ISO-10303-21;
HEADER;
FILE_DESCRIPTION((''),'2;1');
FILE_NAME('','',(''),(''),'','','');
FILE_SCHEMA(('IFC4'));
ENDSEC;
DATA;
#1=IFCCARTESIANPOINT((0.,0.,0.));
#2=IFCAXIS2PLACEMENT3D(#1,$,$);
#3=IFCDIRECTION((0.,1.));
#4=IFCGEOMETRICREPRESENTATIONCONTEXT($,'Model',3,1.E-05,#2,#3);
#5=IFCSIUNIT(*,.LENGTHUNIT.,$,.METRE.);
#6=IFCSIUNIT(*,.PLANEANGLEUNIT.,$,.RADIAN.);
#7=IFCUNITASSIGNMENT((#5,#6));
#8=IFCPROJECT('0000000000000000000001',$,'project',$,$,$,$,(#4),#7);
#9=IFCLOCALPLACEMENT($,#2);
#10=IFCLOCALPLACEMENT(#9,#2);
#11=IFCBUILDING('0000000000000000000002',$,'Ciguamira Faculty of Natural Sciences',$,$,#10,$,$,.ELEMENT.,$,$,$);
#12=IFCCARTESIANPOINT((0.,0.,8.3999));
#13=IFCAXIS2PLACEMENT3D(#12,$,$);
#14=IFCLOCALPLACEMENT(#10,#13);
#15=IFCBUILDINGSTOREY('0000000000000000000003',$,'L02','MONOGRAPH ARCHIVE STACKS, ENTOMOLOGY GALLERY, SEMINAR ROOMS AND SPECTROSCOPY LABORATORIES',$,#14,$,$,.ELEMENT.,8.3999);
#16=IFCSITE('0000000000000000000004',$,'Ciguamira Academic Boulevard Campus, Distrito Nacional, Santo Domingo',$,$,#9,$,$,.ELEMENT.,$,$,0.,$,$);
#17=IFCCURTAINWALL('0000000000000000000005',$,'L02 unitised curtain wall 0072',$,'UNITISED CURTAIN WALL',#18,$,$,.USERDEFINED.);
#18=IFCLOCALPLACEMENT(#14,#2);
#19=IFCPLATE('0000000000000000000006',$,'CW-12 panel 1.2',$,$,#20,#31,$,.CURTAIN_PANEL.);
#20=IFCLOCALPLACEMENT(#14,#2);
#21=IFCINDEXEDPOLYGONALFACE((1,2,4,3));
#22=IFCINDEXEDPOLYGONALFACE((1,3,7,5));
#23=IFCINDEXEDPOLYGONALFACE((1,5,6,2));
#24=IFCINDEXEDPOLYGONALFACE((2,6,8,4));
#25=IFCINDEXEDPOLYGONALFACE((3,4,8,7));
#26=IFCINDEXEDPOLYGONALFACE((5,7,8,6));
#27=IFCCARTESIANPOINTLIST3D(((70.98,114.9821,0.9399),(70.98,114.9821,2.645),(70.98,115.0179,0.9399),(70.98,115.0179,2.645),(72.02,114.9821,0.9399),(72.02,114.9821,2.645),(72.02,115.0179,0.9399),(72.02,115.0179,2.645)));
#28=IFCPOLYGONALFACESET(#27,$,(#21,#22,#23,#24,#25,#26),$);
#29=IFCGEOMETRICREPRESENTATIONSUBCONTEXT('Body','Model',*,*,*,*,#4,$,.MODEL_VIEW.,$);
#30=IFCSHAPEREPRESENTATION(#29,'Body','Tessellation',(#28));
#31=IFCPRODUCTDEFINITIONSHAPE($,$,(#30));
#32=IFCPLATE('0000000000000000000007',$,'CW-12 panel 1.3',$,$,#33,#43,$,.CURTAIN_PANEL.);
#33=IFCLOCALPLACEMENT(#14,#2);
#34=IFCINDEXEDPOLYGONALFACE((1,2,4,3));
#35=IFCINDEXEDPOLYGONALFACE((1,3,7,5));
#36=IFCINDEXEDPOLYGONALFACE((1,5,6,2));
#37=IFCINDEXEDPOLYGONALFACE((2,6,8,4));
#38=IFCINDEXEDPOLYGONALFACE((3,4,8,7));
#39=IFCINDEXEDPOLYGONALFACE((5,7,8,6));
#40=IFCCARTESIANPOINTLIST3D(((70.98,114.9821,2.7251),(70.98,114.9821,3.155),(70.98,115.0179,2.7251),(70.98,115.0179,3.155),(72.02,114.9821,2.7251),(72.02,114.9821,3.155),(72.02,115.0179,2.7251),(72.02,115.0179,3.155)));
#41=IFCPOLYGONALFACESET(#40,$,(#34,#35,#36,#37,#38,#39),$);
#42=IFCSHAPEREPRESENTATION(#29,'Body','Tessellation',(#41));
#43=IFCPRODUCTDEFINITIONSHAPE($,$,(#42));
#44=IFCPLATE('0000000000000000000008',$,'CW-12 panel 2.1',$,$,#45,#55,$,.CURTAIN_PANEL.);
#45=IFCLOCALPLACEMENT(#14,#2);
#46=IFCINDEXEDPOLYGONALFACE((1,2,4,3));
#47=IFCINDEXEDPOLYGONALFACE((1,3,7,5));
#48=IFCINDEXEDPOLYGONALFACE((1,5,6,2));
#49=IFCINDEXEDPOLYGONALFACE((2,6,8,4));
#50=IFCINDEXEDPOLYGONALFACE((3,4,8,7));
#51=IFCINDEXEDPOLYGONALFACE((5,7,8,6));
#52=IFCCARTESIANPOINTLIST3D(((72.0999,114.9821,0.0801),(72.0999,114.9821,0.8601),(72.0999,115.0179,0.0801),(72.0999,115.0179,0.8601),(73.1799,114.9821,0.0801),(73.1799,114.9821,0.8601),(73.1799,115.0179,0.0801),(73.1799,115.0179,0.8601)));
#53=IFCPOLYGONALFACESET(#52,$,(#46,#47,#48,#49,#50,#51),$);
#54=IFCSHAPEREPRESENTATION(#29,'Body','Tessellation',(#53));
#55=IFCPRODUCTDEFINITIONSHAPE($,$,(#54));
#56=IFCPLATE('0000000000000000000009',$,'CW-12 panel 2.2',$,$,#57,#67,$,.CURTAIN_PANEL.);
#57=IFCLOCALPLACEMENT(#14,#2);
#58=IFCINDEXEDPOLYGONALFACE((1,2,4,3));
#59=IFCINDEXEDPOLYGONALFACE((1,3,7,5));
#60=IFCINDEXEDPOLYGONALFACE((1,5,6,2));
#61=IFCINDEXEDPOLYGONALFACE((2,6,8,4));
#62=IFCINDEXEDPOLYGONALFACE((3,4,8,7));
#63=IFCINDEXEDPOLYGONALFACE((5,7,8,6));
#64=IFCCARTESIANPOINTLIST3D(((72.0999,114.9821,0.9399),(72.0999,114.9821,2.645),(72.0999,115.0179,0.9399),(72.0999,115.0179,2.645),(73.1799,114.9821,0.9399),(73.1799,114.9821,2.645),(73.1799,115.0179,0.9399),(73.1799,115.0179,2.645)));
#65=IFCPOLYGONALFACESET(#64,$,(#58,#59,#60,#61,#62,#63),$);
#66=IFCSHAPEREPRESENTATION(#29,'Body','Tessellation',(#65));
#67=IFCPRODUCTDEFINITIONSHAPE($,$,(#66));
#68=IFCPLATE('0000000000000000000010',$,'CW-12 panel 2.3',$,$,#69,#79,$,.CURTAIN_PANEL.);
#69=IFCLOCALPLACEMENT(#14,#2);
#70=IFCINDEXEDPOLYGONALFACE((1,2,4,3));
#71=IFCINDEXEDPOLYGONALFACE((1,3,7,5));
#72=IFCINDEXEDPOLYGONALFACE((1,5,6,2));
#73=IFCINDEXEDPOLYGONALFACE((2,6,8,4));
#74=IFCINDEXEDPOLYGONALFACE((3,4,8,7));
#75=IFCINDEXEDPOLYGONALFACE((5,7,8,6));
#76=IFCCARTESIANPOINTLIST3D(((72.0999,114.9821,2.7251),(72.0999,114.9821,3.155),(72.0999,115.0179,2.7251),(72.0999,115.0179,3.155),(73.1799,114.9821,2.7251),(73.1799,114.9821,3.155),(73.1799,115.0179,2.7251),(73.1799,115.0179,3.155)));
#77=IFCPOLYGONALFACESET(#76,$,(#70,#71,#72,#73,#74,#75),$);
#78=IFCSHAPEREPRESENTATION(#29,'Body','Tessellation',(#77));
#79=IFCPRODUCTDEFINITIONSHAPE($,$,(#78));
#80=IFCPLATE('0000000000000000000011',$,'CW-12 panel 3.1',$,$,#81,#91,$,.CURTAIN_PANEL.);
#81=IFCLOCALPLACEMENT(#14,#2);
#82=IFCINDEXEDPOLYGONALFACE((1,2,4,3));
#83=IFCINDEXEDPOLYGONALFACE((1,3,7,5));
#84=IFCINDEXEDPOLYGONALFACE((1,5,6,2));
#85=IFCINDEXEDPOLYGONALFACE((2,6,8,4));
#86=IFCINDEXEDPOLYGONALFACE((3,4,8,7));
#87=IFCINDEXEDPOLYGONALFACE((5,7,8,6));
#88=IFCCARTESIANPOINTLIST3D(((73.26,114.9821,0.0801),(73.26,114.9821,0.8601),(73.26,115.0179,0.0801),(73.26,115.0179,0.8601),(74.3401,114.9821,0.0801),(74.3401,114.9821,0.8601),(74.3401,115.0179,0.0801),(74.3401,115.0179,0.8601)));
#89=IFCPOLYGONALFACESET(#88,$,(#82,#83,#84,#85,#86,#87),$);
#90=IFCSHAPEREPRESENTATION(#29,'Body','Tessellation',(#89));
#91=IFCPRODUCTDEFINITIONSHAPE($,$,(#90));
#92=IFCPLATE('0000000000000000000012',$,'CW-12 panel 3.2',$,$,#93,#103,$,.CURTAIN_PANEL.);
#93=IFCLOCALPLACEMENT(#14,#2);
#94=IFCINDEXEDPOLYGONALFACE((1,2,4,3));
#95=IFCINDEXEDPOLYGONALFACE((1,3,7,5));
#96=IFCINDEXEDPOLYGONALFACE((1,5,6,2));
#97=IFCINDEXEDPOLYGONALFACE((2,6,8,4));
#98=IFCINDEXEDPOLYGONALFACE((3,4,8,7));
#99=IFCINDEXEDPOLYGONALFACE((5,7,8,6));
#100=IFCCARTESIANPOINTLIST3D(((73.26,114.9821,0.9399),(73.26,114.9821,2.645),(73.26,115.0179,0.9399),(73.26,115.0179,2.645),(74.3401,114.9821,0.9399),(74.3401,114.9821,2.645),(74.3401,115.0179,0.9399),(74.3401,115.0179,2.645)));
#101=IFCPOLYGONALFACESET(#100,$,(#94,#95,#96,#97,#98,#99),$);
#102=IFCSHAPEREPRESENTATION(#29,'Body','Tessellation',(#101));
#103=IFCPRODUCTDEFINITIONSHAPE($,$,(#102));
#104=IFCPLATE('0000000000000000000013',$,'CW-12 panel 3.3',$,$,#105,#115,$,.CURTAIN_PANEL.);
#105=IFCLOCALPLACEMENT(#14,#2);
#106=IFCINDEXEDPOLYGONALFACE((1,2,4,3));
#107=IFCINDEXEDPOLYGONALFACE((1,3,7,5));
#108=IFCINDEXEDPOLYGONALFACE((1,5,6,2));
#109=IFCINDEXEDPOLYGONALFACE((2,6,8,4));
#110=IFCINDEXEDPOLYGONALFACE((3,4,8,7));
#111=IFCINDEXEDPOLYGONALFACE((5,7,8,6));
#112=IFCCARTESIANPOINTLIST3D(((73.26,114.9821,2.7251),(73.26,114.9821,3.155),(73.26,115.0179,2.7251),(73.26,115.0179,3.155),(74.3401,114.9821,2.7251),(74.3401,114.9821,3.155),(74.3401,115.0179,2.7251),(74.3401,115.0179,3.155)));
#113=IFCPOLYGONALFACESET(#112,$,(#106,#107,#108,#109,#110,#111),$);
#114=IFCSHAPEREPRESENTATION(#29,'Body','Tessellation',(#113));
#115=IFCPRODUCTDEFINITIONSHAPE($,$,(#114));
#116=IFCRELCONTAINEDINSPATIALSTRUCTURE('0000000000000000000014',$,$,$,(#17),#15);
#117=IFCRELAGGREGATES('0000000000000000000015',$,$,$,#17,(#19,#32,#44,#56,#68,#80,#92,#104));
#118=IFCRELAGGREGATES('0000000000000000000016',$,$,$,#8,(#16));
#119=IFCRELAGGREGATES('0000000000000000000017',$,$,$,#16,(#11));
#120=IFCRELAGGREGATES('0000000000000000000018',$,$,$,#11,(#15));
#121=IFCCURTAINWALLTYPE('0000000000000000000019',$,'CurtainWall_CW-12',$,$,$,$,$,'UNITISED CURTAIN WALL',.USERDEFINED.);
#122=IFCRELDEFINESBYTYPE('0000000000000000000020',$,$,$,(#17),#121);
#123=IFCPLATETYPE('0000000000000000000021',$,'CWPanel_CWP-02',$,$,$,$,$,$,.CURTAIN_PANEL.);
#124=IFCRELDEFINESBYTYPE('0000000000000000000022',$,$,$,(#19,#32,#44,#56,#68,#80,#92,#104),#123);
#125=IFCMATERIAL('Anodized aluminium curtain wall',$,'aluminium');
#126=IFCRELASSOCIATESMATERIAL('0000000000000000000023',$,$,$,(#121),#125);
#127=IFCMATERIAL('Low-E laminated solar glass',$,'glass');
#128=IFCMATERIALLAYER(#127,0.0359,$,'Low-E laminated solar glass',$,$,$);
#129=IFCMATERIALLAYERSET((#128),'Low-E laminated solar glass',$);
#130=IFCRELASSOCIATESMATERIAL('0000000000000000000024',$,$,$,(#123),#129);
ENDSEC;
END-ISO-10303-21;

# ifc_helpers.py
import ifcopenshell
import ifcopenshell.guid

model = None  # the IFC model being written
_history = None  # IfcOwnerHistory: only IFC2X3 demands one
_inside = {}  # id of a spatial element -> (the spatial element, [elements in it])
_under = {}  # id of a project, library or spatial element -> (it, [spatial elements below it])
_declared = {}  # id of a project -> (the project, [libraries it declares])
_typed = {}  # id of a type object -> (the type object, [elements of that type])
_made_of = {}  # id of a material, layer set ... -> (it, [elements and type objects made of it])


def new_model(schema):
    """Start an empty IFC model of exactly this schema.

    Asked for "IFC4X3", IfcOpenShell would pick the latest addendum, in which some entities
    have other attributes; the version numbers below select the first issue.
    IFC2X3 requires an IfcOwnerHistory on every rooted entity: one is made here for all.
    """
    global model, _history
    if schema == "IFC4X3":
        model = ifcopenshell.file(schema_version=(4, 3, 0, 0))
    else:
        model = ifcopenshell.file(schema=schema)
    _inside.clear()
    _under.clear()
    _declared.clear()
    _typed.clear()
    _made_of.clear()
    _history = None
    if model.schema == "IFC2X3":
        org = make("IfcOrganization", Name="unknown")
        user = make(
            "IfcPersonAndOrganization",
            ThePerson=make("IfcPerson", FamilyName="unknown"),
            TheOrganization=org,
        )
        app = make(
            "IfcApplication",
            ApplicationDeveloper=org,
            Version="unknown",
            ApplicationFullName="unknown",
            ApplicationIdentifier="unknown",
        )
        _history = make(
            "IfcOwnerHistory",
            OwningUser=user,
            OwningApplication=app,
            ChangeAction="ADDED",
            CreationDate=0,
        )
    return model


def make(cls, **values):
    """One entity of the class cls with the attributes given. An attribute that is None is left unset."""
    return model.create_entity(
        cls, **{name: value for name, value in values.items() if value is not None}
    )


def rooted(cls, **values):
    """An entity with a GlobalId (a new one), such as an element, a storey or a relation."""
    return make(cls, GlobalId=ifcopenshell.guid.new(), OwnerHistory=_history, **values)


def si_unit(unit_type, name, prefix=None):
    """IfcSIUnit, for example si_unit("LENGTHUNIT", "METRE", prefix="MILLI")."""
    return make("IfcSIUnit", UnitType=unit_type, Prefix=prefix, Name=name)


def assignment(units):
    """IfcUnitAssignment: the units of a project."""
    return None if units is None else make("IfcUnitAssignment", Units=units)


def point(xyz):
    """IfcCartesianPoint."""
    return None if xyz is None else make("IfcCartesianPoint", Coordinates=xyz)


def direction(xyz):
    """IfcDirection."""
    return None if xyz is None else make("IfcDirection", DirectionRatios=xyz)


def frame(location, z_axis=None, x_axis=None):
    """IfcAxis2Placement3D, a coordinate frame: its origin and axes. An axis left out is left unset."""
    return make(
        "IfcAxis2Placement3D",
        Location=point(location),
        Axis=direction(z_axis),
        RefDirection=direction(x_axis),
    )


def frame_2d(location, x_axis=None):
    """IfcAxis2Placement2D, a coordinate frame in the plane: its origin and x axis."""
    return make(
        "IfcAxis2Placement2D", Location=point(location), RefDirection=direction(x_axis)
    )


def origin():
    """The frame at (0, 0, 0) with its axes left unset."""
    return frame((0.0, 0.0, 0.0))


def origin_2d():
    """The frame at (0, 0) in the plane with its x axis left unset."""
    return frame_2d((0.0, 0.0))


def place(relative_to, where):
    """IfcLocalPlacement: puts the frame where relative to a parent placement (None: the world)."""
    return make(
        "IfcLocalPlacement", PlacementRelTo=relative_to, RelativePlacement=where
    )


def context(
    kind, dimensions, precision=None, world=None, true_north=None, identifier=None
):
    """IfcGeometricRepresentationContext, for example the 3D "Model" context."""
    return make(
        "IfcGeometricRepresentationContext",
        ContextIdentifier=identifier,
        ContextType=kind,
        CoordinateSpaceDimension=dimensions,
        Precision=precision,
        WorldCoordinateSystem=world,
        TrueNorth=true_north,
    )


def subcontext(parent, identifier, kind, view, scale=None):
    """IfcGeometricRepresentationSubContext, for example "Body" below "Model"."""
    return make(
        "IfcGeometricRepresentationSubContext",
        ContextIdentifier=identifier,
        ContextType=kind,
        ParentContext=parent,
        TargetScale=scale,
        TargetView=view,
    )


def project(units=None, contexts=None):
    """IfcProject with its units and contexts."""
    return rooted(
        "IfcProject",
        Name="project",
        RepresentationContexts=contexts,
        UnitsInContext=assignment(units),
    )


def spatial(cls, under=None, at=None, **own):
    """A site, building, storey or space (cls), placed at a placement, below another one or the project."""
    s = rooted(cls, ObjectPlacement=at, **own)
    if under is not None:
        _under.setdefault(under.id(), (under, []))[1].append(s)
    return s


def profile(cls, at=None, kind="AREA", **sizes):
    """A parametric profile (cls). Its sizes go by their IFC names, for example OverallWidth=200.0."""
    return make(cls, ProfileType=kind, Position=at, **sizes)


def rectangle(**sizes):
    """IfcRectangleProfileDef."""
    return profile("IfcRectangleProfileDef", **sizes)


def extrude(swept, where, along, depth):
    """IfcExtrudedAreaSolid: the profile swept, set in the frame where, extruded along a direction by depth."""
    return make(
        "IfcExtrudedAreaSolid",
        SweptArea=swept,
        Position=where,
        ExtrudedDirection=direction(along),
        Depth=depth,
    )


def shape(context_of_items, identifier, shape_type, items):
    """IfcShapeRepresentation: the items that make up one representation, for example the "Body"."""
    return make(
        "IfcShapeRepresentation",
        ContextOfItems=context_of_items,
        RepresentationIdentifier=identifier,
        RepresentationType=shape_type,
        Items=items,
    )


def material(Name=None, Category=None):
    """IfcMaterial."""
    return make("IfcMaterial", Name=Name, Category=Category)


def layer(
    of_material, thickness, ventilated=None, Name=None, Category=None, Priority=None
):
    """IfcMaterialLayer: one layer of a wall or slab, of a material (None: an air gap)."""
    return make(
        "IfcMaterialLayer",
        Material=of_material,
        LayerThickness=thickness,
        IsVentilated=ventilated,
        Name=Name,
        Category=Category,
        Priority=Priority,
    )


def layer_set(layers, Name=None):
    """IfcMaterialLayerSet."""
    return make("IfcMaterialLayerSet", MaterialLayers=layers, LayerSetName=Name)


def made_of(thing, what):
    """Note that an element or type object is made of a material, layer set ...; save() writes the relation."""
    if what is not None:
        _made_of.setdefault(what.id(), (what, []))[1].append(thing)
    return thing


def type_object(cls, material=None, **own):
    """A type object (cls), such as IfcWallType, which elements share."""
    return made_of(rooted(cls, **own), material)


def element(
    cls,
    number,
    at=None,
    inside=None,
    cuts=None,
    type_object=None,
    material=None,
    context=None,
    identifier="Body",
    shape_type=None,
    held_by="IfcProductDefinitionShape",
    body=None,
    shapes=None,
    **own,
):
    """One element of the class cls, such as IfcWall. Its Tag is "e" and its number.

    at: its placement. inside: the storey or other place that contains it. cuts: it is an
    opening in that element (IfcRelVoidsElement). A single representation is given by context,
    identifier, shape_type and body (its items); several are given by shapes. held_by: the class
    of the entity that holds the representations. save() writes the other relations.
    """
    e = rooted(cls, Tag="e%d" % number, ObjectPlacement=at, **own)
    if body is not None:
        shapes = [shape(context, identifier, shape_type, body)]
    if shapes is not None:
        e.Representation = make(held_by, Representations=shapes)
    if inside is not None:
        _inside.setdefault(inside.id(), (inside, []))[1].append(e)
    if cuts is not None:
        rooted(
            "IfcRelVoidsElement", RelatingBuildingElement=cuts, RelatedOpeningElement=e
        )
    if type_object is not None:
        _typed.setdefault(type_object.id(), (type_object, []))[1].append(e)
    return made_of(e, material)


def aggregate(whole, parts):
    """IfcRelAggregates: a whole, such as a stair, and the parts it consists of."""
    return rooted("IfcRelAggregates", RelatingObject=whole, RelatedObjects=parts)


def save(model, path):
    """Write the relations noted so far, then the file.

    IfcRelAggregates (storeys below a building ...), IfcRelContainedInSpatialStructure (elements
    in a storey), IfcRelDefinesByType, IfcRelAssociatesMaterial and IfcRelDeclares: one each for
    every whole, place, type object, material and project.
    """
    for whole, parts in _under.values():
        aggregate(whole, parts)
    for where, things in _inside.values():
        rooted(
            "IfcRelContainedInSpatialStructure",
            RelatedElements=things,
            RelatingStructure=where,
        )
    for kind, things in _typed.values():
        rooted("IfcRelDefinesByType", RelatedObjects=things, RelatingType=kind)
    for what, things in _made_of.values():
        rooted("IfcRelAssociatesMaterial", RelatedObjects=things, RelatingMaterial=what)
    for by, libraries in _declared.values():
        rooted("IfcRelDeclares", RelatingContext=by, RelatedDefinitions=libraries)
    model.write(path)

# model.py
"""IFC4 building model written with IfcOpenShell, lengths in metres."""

from ifc_helpers import new_model, si_unit, direction, frame, origin, origin_2d, place, context, subcontext, project, spatial, rectangle, extrude, material, layer, layer_set, type_object, element, aggregate, save


model = new_model("IFC4")

# Units and contexts
model_context = context("Model", 3, precision=1e-05, world=origin(), true_north=direction((0.0, 1.0)))
body_context = subcontext(model_context, "Body", "Model", "MODEL_VIEW")
ifc_project = project(units=[si_unit("LENGTHUNIT", "METRE"), si_unit("PLANEANGLEUNIT", "RADIAN")], contexts=[model_context])

# Site, building, storey
site_placement = place(None, origin())
site = spatial("IfcSite", under=ifc_project, at=site_placement, Name="Ciguamira Academic Boulevard Campus, Distrito Nacional, Santo Domingo", CompositionType="ELEMENT", RefElevation=0.0)
building_placement = place(site_placement, origin())
building = spatial("IfcBuilding", under=site, at=building_placement, Name="Ciguamira Faculty of Natural Sciences", CompositionType="ELEMENT")
storey_placement = place(building_placement, frame((0.0, 0.0, 8.3999)))
storey = spatial("IfcBuildingStorey", under=building, at=storey_placement, Name="L02", Description="MONOGRAPH ARCHIVE STACKS, ENTOMOLOGY GALLERY, SEMINAR ROOMS AND SPECTROSCOPY LABORATORIES", CompositionType="ELEMENT", Elevation=8.3999)

# Curtain wall, plates
ifc_material_1 = material(Name="Anodized aluminium curtain wall", Category="aluminium")
curtain_wall_type = type_object("IfcCurtainWallType", Name="CurtainWall_CW-12", ElementType="UNITISED CURTAIN WALL", PredefinedType="USERDEFINED", material=ifc_material_1)
curtain_wall_placement = place(storey_placement, origin())
curtain_wall = element("IfcCurtainWall", 1, at=curtain_wall_placement, inside=storey, type_object=curtain_wall_type, Name="L02 unitised curtain wall 0072", ObjectType="UNITISED CURTAIN WALL", PredefinedType="USERDEFINED")
ifc_material_2 = material(Name="Low-E laminated solar glass", Category="glass")
ifc_layer = layer(ifc_material_2, 0.0359, Name="Low-E laminated solar glass")
ifc_layer_set = layer_set([ifc_layer], Name="Low-E laminated solar glass")
plate_type = type_object("IfcPlateType", Name="CWPanel_CWP-02", PredefinedType="CURTAIN_PANEL", material=ifc_layer_set)
plate_1_placement = place(storey_placement, frame((71.5, 115.0, 0.9399), z_axis=(0.0, 0.0, 1.0), x_axis=(1.0, 0.0, 0.0)))
plate_1 = element("IfcPlate", 2, at=plate_1_placement, type_object=plate_type, Name="CW-12 panel 1.2", PredefinedType="CURTAIN_PANEL", context=body_context, shape_type="SweptSolid", body=[
    extrude(rectangle(XDim=1.04, YDim=0.0359, at=origin_2d()), origin(), (0.0, 0.0, 1.0), 1.7051),
])
plate_2_placement = place(storey_placement, frame((71.5, 115.0, 2.7251), z_axis=(0.0, 0.0, 1.0), x_axis=(1.0, 0.0, 0.0)))
plate_2 = element("IfcPlate", 3, at=plate_2_placement, type_object=plate_type, Name="CW-12 panel 1.3", PredefinedType="CURTAIN_PANEL", context=body_context, shape_type="SweptSolid", body=[
    extrude(rectangle(XDim=1.04, YDim=0.0359, at=origin_2d()), origin(), (0.0, 0.0, 1.0), 0.4299),
])
plate_3_placement = place(storey_placement, frame((72.6399, 115.0, 0.0801), z_axis=(0.0, 0.0, 1.0), x_axis=(1.0, 0.0, 0.0)))
plate_3 = element("IfcPlate", 4, at=plate_3_placement, type_object=plate_type, Name="CW-12 panel 2.1", PredefinedType="CURTAIN_PANEL", context=body_context, shape_type="SweptSolid", body=[
    extrude(rectangle(XDim=1.0801, YDim=0.0359, at=origin_2d()), origin(), (0.0, 0.0, 1.0), 0.78),
])
plate_4_placement = place(storey_placement, frame((72.6399, 115.0, 0.9399), z_axis=(0.0, 0.0, 1.0), x_axis=(1.0, 0.0, 0.0)))
plate_4 = element("IfcPlate", 5, at=plate_4_placement, type_object=plate_type, Name="CW-12 panel 2.2", PredefinedType="CURTAIN_PANEL", context=body_context, shape_type="SweptSolid", body=[
    extrude(rectangle(XDim=1.0801, YDim=0.0359, at=origin_2d()), origin(), (0.0, 0.0, 1.0), 1.7051),
])
plate_5_placement = place(storey_placement, frame((72.6399, 115.0, 2.7251), z_axis=(0.0, 0.0, 1.0), x_axis=(1.0, 0.0, 0.0)))
plate_5 = element("IfcPlate", 6, at=plate_5_placement, type_object=plate_type, Name="CW-12 panel 2.3", PredefinedType="CURTAIN_PANEL", context=body_context, shape_type="SweptSolid", body=[
    extrude(rectangle(XDim=1.0801, YDim=0.0359, at=origin_2d()), origin(), (0.0, 0.0, 1.0), 0.4299),
])
plate_6_placement = place(storey_placement, frame((73.8, 115.0, 0.0801), z_axis=(0.0, 0.0, 1.0), x_axis=(1.0, 0.0, 0.0)))
plate_6 = element("IfcPlate", 7, at=plate_6_placement, type_object=plate_type, Name="CW-12 panel 3.1", PredefinedType="CURTAIN_PANEL", context=body_context, shape_type="SweptSolid", body=[
    extrude(rectangle(XDim=1.0801, YDim=0.0359, at=origin_2d()), origin(), (0.0, 0.0, 1.0), 0.78),
])
plate_7_placement = place(storey_placement, frame((73.8, 115.0, 0.9399), z_axis=(0.0, 0.0, 1.0), x_axis=(1.0, 0.0, 0.0)))
plate_7 = element("IfcPlate", 8, at=plate_7_placement, type_object=plate_type, Name="CW-12 panel 3.2", PredefinedType="CURTAIN_PANEL", context=body_context, shape_type="SweptSolid", body=[
    extrude(rectangle(XDim=1.0801, YDim=0.0359, at=origin_2d()), origin(), (0.0, 0.0, 1.0), 1.7051),
])
plate_8_placement = place(storey_placement, frame((73.8, 115.0, 2.7251), z_axis=(0.0, 0.0, 1.0), x_axis=(1.0, 0.0, 0.0)))
plate_8 = element("IfcPlate", 9, at=plate_8_placement, type_object=plate_type, Name="CW-12 panel 3.3", PredefinedType="CURTAIN_PANEL", context=body_context, shape_type="SweptSolid", body=[
    extrude(rectangle(XDim=1.0801, YDim=0.0359, at=origin_2d()), origin(), (0.0, 0.0, 1.0), 0.4299),
])
aggregate(curtain_wall, [plate_1, plate_2, plate_3, plate_4, plate_5, plate_6, plate_7, plate_8])

save(model, "model.ifc")
